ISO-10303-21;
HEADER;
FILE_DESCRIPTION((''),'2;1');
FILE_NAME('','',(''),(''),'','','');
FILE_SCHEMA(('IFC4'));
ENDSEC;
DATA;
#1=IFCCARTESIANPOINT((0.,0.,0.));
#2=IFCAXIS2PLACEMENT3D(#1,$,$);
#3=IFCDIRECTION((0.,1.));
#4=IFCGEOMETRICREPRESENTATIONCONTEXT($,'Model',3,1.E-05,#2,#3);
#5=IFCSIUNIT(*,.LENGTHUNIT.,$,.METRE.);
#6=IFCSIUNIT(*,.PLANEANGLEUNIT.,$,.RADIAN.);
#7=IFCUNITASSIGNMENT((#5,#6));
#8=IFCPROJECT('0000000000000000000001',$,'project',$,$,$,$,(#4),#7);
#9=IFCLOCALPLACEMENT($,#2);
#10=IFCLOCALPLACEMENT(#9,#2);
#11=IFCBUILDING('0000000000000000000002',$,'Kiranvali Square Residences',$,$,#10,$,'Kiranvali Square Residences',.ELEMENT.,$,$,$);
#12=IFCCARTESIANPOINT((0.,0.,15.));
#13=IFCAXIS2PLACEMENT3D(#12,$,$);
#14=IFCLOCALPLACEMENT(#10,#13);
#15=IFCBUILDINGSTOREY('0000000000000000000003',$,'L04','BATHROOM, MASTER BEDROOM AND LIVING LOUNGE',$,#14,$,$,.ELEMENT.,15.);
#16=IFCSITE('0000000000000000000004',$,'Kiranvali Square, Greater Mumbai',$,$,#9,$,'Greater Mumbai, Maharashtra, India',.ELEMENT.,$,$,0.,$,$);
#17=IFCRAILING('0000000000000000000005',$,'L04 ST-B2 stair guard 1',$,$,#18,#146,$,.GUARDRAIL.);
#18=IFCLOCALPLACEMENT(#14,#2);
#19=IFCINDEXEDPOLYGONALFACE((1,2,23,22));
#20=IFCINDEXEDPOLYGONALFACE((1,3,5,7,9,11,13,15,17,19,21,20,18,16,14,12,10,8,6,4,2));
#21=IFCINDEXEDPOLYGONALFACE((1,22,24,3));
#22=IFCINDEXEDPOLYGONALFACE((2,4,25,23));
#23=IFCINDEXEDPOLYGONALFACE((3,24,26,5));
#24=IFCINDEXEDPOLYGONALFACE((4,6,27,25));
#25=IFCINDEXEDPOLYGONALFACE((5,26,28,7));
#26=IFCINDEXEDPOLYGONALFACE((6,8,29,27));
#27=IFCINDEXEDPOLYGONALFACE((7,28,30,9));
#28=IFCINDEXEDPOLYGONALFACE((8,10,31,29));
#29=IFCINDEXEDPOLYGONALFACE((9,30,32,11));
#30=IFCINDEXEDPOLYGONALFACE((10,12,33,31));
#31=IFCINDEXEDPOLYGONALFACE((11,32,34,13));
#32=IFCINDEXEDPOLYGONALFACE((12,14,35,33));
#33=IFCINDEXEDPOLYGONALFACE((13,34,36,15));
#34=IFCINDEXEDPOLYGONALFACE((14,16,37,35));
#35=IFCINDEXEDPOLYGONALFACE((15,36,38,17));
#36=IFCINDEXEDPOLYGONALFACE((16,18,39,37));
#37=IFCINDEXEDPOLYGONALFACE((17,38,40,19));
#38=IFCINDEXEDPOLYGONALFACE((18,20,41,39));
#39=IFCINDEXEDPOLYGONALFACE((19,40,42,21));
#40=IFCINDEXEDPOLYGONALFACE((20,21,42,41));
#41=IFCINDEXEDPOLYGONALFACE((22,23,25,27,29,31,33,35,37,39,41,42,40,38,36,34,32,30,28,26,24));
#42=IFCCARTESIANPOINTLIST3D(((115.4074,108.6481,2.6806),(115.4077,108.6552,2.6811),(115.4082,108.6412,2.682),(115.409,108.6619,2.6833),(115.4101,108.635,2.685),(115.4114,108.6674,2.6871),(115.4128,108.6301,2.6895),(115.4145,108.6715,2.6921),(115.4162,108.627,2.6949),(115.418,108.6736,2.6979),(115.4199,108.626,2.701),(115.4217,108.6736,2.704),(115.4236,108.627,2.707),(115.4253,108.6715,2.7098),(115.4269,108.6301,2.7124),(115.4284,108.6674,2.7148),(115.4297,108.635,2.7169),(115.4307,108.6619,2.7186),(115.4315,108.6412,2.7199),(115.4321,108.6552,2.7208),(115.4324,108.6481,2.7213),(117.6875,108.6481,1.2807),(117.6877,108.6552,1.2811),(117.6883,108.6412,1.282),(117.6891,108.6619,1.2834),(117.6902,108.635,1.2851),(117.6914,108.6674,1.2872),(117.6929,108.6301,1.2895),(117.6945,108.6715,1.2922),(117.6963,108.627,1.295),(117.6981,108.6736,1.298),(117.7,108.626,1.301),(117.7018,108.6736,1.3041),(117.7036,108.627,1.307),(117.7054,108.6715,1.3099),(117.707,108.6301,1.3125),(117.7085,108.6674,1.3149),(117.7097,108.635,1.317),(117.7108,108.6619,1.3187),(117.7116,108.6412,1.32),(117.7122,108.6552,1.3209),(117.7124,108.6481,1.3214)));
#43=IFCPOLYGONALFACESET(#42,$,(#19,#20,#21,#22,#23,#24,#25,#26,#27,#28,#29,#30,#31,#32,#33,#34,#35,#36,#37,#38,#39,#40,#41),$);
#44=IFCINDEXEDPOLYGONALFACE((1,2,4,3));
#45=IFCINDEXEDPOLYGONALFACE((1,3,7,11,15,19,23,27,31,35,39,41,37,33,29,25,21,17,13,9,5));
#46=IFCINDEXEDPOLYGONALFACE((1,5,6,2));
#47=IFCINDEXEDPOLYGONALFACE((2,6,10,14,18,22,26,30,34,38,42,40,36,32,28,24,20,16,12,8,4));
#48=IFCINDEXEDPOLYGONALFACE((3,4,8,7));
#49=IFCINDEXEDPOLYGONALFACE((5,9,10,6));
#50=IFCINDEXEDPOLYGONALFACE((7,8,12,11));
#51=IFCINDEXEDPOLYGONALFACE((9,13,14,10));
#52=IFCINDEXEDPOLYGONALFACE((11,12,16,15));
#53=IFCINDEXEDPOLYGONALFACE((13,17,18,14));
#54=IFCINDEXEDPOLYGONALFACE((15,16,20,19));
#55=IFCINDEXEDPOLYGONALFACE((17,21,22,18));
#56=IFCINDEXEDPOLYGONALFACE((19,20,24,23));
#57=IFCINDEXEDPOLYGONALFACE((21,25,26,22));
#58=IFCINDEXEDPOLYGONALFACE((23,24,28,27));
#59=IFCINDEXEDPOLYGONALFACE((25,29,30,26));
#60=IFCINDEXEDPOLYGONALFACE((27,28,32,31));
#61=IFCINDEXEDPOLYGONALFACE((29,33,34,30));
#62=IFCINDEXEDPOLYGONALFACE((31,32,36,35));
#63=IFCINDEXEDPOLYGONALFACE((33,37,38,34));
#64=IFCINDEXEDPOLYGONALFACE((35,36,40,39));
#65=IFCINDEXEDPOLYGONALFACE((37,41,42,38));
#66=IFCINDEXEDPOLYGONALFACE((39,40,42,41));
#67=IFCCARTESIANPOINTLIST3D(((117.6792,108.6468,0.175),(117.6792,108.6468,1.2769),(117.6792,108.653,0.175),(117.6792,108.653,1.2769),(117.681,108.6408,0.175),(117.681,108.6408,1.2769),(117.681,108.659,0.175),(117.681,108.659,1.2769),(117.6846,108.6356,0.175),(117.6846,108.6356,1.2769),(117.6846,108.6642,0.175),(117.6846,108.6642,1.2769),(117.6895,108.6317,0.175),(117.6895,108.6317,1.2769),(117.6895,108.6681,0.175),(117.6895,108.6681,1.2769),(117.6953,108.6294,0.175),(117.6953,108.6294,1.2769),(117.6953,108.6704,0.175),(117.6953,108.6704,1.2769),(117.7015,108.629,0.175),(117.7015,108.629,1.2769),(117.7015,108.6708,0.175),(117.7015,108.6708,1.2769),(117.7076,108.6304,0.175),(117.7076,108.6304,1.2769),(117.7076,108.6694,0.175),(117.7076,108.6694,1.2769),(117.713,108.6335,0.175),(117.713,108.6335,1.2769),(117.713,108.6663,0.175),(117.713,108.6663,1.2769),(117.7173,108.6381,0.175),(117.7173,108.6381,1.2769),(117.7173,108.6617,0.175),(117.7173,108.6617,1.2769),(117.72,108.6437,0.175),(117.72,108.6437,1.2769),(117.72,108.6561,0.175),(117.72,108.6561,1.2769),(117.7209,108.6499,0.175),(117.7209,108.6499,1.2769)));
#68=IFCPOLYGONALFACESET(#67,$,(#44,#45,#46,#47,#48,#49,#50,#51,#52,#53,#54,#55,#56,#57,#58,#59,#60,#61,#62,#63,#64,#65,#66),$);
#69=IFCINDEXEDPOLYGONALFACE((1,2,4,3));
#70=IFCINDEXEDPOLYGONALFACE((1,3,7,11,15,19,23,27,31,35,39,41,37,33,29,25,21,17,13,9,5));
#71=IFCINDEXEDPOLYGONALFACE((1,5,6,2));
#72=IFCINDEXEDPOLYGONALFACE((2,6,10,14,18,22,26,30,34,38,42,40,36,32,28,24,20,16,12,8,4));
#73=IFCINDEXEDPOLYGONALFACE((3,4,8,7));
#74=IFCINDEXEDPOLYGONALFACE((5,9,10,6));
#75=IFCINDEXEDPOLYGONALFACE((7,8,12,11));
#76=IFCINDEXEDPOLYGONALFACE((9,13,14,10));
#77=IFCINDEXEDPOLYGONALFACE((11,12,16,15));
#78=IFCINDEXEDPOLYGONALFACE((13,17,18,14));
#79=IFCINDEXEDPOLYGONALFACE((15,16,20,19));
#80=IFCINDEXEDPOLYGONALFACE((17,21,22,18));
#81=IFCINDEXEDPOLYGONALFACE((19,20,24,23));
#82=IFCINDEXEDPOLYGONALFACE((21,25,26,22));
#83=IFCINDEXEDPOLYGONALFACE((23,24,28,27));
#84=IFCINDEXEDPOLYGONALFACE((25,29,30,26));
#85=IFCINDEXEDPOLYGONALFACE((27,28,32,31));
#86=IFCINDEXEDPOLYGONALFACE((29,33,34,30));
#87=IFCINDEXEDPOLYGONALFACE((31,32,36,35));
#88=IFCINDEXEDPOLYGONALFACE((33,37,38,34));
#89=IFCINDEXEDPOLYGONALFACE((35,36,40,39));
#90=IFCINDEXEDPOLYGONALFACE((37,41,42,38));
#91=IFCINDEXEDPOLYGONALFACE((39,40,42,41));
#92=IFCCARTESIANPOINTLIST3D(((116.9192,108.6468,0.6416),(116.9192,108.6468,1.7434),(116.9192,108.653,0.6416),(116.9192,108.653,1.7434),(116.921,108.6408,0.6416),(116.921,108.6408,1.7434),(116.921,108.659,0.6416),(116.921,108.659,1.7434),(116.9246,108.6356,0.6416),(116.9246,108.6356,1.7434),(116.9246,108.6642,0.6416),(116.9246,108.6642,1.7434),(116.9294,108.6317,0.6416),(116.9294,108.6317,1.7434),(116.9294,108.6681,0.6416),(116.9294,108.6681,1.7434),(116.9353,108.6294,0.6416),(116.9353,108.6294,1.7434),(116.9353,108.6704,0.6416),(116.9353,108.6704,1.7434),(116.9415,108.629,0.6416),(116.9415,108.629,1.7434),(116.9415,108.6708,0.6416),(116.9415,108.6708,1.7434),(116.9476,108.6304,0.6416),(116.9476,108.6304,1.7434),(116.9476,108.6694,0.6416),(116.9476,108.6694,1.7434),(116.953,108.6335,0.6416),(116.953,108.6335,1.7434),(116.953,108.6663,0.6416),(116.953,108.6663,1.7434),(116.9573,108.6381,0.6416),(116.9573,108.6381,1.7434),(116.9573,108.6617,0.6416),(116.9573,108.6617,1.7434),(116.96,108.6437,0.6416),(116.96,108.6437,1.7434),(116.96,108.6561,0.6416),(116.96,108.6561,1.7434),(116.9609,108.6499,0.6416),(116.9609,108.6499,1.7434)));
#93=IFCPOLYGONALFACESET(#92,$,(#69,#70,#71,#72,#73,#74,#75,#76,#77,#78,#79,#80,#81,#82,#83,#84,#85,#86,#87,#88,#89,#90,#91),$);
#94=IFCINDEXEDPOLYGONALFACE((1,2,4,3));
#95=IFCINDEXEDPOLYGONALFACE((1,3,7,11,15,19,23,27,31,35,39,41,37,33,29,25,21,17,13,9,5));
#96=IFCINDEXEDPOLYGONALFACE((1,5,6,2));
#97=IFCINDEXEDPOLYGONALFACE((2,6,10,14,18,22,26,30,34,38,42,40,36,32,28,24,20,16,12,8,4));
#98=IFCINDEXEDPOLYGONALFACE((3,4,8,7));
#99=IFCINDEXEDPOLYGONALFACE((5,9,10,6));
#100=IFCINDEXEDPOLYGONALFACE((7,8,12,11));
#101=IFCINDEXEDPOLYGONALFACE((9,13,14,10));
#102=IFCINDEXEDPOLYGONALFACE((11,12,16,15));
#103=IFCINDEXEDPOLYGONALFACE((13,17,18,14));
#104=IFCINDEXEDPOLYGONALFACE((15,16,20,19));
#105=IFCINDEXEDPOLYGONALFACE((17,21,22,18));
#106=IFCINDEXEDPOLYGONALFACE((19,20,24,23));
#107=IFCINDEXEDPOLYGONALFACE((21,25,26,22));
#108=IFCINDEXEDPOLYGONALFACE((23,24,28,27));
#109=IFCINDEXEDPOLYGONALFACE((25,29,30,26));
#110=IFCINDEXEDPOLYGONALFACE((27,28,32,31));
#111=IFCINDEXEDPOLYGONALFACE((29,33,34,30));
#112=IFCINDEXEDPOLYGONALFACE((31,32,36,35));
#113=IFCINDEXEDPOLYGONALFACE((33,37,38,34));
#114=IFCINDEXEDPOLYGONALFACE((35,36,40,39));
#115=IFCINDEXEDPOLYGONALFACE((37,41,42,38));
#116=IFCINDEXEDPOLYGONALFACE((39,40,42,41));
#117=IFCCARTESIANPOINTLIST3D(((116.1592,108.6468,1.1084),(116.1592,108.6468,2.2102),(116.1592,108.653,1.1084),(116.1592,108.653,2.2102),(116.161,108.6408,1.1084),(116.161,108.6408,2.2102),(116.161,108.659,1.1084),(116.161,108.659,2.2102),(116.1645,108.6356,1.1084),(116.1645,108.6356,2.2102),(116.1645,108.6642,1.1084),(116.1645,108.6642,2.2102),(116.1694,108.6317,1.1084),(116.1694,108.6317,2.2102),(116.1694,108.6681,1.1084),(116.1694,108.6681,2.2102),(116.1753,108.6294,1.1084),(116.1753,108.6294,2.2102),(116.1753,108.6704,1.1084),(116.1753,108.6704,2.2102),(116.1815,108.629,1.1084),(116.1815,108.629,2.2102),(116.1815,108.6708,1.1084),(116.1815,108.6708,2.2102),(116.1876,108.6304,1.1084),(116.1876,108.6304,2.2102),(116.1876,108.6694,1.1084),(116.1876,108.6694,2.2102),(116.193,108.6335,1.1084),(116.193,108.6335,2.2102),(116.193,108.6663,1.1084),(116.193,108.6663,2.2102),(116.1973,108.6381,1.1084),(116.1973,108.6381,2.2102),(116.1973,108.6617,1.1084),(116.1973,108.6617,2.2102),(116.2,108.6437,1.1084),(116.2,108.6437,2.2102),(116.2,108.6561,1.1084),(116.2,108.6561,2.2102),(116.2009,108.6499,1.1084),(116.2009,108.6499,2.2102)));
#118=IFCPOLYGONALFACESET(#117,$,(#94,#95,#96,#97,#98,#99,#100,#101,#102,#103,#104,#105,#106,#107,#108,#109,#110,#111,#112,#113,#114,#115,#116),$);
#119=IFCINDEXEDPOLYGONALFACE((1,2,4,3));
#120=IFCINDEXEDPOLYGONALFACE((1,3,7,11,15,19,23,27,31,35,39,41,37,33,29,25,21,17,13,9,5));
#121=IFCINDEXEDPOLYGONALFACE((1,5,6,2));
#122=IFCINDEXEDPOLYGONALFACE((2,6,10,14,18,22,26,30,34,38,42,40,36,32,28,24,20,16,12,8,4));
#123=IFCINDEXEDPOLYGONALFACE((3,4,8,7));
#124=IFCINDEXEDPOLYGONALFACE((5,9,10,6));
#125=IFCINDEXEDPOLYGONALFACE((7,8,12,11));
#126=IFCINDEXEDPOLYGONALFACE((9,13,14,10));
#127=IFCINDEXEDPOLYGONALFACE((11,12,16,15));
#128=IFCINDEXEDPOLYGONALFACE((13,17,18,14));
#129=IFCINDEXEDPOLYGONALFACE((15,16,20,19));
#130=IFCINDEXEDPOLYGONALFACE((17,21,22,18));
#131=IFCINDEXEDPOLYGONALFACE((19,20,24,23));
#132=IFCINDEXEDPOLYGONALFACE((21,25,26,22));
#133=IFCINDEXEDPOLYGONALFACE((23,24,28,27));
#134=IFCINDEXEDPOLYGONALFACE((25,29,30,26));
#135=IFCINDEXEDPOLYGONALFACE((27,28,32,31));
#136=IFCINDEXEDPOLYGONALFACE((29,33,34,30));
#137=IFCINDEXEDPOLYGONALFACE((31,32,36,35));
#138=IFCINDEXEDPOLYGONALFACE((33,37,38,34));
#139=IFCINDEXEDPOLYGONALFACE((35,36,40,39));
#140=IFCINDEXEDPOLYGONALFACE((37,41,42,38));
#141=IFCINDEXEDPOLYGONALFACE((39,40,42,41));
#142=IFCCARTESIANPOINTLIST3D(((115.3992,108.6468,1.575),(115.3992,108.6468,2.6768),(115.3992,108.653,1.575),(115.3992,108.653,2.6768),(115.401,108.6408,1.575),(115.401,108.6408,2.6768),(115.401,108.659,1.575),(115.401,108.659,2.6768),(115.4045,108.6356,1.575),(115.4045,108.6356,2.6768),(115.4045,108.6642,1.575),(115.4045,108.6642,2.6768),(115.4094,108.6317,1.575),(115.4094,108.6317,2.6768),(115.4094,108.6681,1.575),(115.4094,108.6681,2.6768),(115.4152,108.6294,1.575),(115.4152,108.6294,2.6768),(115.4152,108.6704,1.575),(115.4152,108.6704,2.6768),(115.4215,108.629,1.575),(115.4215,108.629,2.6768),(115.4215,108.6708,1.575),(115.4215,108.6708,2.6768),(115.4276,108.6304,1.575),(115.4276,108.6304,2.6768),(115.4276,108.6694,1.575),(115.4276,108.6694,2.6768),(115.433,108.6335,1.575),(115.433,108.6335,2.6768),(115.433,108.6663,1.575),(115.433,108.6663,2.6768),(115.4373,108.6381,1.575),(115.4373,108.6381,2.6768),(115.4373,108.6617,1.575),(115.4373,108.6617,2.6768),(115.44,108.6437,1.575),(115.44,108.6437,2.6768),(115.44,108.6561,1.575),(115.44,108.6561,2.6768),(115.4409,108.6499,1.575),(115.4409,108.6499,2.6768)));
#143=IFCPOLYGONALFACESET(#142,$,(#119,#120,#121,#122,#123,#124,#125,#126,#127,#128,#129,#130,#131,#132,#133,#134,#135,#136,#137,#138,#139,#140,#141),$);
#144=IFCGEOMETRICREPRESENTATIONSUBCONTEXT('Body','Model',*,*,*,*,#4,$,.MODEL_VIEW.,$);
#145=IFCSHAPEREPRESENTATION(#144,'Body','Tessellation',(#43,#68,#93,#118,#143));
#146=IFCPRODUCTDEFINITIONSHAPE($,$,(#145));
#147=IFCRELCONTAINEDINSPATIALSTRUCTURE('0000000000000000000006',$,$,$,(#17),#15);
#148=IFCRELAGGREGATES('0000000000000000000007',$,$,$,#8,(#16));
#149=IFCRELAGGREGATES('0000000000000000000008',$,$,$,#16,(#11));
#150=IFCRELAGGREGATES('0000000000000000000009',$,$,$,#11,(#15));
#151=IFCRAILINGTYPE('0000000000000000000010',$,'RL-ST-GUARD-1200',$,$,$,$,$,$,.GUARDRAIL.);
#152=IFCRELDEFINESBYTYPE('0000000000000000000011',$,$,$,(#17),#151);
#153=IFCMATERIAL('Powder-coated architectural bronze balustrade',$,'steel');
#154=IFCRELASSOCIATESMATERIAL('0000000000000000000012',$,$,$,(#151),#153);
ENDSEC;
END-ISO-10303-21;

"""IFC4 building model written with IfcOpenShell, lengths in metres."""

from ifc_helpers import new_model, si_unit, direction, frame, origin, origin_2d, place, context, subcontext, project, spatial, circle, extrude, material, type_object, element, save


model = new_model("IFC4")

# Units and contexts
model_context = context("Model", 3, precision=1e-05, world=origin(), true_north=direction((0.0, 1.0)))
body_context = subcontext(model_context, "Body", "Model", "MODEL_VIEW")
ifc_project = project(units=[si_unit("LENGTHUNIT", "METRE"), si_unit("PLANEANGLEUNIT", "RADIAN")], contexts=[model_context])

# Site, building, storey
site_placement = place(None, origin())
site = spatial("IfcSite", under=ifc_project, at=site_placement, Name="Kiranvali Square, Greater Mumbai", LongName="Greater Mumbai, Maharashtra, India", CompositionType="ELEMENT", RefElevation=0.0)
building_placement = place(site_placement, origin())
building = spatial("IfcBuilding", under=site, at=building_placement, Name="Kiranvali Square Residences", LongName="Kiranvali Square Residences", CompositionType="ELEMENT")
storey_placement = place(building_placement, frame((0.0, 0.0, 15.0)))
storey = spatial("IfcBuildingStorey", under=building, at=storey_placement, Name="L04", Description="BATHROOM, MASTER BEDROOM AND LIVING LOUNGE", CompositionType="ELEMENT", Elevation=15.0)

# Railing
ifc_material_1 = material(Name="Powder-coated architectural bronze balustrade", Category="steel")
railing_type_1 = type_object("IfcRailingType", Name="RL-ST-GUARD-1200", PredefinedType="GUARDRAIL", material=ifc_material_1)
railing_1_placement = place(storey_placement, frame((117.7, 108.6499, 0.175)))
element("IfcRailing", 1, at=railing_1_placement, inside=storey, type_object=railing_type_1, Name="L04 ST-B2 stair guard 1", PredefinedType="GUARDRAIL", context=body_context, shape_type="SweptSolid", body=[
    extrude(circle(Radius=0.0239, at=origin_2d()), frame((0.0, 0.0, 1.126), z_axis=(-0.85219, 0.0, 0.523232), x_axis=(0.0, -1.0, 0.0)), (0.0, 0.0, 1.0), 2.6755),
    extrude(circle(Radius=0.021, at=origin_2d()), origin(), (0.0, 0.0, 1.0), 1.1018),
    extrude(circle(Radius=0.021, at=origin_2d()), frame((-0.76, 0.0, 0.4666)), (0.0, 0.0, 1.0), 1.1018),
    extrude(circle(Radius=0.021, at=origin_2d()), frame((-1.52, 0.0, 0.9333)), (0.0, 0.0, 1.0), 1.1018),
    extrude(circle(Radius=0.021, at=origin_2d()), frame((-2.28, 0.0, 1.3999)), (0.0, 0.0, 1.0), 1.1018),
])

save(model, "model.ifc")
